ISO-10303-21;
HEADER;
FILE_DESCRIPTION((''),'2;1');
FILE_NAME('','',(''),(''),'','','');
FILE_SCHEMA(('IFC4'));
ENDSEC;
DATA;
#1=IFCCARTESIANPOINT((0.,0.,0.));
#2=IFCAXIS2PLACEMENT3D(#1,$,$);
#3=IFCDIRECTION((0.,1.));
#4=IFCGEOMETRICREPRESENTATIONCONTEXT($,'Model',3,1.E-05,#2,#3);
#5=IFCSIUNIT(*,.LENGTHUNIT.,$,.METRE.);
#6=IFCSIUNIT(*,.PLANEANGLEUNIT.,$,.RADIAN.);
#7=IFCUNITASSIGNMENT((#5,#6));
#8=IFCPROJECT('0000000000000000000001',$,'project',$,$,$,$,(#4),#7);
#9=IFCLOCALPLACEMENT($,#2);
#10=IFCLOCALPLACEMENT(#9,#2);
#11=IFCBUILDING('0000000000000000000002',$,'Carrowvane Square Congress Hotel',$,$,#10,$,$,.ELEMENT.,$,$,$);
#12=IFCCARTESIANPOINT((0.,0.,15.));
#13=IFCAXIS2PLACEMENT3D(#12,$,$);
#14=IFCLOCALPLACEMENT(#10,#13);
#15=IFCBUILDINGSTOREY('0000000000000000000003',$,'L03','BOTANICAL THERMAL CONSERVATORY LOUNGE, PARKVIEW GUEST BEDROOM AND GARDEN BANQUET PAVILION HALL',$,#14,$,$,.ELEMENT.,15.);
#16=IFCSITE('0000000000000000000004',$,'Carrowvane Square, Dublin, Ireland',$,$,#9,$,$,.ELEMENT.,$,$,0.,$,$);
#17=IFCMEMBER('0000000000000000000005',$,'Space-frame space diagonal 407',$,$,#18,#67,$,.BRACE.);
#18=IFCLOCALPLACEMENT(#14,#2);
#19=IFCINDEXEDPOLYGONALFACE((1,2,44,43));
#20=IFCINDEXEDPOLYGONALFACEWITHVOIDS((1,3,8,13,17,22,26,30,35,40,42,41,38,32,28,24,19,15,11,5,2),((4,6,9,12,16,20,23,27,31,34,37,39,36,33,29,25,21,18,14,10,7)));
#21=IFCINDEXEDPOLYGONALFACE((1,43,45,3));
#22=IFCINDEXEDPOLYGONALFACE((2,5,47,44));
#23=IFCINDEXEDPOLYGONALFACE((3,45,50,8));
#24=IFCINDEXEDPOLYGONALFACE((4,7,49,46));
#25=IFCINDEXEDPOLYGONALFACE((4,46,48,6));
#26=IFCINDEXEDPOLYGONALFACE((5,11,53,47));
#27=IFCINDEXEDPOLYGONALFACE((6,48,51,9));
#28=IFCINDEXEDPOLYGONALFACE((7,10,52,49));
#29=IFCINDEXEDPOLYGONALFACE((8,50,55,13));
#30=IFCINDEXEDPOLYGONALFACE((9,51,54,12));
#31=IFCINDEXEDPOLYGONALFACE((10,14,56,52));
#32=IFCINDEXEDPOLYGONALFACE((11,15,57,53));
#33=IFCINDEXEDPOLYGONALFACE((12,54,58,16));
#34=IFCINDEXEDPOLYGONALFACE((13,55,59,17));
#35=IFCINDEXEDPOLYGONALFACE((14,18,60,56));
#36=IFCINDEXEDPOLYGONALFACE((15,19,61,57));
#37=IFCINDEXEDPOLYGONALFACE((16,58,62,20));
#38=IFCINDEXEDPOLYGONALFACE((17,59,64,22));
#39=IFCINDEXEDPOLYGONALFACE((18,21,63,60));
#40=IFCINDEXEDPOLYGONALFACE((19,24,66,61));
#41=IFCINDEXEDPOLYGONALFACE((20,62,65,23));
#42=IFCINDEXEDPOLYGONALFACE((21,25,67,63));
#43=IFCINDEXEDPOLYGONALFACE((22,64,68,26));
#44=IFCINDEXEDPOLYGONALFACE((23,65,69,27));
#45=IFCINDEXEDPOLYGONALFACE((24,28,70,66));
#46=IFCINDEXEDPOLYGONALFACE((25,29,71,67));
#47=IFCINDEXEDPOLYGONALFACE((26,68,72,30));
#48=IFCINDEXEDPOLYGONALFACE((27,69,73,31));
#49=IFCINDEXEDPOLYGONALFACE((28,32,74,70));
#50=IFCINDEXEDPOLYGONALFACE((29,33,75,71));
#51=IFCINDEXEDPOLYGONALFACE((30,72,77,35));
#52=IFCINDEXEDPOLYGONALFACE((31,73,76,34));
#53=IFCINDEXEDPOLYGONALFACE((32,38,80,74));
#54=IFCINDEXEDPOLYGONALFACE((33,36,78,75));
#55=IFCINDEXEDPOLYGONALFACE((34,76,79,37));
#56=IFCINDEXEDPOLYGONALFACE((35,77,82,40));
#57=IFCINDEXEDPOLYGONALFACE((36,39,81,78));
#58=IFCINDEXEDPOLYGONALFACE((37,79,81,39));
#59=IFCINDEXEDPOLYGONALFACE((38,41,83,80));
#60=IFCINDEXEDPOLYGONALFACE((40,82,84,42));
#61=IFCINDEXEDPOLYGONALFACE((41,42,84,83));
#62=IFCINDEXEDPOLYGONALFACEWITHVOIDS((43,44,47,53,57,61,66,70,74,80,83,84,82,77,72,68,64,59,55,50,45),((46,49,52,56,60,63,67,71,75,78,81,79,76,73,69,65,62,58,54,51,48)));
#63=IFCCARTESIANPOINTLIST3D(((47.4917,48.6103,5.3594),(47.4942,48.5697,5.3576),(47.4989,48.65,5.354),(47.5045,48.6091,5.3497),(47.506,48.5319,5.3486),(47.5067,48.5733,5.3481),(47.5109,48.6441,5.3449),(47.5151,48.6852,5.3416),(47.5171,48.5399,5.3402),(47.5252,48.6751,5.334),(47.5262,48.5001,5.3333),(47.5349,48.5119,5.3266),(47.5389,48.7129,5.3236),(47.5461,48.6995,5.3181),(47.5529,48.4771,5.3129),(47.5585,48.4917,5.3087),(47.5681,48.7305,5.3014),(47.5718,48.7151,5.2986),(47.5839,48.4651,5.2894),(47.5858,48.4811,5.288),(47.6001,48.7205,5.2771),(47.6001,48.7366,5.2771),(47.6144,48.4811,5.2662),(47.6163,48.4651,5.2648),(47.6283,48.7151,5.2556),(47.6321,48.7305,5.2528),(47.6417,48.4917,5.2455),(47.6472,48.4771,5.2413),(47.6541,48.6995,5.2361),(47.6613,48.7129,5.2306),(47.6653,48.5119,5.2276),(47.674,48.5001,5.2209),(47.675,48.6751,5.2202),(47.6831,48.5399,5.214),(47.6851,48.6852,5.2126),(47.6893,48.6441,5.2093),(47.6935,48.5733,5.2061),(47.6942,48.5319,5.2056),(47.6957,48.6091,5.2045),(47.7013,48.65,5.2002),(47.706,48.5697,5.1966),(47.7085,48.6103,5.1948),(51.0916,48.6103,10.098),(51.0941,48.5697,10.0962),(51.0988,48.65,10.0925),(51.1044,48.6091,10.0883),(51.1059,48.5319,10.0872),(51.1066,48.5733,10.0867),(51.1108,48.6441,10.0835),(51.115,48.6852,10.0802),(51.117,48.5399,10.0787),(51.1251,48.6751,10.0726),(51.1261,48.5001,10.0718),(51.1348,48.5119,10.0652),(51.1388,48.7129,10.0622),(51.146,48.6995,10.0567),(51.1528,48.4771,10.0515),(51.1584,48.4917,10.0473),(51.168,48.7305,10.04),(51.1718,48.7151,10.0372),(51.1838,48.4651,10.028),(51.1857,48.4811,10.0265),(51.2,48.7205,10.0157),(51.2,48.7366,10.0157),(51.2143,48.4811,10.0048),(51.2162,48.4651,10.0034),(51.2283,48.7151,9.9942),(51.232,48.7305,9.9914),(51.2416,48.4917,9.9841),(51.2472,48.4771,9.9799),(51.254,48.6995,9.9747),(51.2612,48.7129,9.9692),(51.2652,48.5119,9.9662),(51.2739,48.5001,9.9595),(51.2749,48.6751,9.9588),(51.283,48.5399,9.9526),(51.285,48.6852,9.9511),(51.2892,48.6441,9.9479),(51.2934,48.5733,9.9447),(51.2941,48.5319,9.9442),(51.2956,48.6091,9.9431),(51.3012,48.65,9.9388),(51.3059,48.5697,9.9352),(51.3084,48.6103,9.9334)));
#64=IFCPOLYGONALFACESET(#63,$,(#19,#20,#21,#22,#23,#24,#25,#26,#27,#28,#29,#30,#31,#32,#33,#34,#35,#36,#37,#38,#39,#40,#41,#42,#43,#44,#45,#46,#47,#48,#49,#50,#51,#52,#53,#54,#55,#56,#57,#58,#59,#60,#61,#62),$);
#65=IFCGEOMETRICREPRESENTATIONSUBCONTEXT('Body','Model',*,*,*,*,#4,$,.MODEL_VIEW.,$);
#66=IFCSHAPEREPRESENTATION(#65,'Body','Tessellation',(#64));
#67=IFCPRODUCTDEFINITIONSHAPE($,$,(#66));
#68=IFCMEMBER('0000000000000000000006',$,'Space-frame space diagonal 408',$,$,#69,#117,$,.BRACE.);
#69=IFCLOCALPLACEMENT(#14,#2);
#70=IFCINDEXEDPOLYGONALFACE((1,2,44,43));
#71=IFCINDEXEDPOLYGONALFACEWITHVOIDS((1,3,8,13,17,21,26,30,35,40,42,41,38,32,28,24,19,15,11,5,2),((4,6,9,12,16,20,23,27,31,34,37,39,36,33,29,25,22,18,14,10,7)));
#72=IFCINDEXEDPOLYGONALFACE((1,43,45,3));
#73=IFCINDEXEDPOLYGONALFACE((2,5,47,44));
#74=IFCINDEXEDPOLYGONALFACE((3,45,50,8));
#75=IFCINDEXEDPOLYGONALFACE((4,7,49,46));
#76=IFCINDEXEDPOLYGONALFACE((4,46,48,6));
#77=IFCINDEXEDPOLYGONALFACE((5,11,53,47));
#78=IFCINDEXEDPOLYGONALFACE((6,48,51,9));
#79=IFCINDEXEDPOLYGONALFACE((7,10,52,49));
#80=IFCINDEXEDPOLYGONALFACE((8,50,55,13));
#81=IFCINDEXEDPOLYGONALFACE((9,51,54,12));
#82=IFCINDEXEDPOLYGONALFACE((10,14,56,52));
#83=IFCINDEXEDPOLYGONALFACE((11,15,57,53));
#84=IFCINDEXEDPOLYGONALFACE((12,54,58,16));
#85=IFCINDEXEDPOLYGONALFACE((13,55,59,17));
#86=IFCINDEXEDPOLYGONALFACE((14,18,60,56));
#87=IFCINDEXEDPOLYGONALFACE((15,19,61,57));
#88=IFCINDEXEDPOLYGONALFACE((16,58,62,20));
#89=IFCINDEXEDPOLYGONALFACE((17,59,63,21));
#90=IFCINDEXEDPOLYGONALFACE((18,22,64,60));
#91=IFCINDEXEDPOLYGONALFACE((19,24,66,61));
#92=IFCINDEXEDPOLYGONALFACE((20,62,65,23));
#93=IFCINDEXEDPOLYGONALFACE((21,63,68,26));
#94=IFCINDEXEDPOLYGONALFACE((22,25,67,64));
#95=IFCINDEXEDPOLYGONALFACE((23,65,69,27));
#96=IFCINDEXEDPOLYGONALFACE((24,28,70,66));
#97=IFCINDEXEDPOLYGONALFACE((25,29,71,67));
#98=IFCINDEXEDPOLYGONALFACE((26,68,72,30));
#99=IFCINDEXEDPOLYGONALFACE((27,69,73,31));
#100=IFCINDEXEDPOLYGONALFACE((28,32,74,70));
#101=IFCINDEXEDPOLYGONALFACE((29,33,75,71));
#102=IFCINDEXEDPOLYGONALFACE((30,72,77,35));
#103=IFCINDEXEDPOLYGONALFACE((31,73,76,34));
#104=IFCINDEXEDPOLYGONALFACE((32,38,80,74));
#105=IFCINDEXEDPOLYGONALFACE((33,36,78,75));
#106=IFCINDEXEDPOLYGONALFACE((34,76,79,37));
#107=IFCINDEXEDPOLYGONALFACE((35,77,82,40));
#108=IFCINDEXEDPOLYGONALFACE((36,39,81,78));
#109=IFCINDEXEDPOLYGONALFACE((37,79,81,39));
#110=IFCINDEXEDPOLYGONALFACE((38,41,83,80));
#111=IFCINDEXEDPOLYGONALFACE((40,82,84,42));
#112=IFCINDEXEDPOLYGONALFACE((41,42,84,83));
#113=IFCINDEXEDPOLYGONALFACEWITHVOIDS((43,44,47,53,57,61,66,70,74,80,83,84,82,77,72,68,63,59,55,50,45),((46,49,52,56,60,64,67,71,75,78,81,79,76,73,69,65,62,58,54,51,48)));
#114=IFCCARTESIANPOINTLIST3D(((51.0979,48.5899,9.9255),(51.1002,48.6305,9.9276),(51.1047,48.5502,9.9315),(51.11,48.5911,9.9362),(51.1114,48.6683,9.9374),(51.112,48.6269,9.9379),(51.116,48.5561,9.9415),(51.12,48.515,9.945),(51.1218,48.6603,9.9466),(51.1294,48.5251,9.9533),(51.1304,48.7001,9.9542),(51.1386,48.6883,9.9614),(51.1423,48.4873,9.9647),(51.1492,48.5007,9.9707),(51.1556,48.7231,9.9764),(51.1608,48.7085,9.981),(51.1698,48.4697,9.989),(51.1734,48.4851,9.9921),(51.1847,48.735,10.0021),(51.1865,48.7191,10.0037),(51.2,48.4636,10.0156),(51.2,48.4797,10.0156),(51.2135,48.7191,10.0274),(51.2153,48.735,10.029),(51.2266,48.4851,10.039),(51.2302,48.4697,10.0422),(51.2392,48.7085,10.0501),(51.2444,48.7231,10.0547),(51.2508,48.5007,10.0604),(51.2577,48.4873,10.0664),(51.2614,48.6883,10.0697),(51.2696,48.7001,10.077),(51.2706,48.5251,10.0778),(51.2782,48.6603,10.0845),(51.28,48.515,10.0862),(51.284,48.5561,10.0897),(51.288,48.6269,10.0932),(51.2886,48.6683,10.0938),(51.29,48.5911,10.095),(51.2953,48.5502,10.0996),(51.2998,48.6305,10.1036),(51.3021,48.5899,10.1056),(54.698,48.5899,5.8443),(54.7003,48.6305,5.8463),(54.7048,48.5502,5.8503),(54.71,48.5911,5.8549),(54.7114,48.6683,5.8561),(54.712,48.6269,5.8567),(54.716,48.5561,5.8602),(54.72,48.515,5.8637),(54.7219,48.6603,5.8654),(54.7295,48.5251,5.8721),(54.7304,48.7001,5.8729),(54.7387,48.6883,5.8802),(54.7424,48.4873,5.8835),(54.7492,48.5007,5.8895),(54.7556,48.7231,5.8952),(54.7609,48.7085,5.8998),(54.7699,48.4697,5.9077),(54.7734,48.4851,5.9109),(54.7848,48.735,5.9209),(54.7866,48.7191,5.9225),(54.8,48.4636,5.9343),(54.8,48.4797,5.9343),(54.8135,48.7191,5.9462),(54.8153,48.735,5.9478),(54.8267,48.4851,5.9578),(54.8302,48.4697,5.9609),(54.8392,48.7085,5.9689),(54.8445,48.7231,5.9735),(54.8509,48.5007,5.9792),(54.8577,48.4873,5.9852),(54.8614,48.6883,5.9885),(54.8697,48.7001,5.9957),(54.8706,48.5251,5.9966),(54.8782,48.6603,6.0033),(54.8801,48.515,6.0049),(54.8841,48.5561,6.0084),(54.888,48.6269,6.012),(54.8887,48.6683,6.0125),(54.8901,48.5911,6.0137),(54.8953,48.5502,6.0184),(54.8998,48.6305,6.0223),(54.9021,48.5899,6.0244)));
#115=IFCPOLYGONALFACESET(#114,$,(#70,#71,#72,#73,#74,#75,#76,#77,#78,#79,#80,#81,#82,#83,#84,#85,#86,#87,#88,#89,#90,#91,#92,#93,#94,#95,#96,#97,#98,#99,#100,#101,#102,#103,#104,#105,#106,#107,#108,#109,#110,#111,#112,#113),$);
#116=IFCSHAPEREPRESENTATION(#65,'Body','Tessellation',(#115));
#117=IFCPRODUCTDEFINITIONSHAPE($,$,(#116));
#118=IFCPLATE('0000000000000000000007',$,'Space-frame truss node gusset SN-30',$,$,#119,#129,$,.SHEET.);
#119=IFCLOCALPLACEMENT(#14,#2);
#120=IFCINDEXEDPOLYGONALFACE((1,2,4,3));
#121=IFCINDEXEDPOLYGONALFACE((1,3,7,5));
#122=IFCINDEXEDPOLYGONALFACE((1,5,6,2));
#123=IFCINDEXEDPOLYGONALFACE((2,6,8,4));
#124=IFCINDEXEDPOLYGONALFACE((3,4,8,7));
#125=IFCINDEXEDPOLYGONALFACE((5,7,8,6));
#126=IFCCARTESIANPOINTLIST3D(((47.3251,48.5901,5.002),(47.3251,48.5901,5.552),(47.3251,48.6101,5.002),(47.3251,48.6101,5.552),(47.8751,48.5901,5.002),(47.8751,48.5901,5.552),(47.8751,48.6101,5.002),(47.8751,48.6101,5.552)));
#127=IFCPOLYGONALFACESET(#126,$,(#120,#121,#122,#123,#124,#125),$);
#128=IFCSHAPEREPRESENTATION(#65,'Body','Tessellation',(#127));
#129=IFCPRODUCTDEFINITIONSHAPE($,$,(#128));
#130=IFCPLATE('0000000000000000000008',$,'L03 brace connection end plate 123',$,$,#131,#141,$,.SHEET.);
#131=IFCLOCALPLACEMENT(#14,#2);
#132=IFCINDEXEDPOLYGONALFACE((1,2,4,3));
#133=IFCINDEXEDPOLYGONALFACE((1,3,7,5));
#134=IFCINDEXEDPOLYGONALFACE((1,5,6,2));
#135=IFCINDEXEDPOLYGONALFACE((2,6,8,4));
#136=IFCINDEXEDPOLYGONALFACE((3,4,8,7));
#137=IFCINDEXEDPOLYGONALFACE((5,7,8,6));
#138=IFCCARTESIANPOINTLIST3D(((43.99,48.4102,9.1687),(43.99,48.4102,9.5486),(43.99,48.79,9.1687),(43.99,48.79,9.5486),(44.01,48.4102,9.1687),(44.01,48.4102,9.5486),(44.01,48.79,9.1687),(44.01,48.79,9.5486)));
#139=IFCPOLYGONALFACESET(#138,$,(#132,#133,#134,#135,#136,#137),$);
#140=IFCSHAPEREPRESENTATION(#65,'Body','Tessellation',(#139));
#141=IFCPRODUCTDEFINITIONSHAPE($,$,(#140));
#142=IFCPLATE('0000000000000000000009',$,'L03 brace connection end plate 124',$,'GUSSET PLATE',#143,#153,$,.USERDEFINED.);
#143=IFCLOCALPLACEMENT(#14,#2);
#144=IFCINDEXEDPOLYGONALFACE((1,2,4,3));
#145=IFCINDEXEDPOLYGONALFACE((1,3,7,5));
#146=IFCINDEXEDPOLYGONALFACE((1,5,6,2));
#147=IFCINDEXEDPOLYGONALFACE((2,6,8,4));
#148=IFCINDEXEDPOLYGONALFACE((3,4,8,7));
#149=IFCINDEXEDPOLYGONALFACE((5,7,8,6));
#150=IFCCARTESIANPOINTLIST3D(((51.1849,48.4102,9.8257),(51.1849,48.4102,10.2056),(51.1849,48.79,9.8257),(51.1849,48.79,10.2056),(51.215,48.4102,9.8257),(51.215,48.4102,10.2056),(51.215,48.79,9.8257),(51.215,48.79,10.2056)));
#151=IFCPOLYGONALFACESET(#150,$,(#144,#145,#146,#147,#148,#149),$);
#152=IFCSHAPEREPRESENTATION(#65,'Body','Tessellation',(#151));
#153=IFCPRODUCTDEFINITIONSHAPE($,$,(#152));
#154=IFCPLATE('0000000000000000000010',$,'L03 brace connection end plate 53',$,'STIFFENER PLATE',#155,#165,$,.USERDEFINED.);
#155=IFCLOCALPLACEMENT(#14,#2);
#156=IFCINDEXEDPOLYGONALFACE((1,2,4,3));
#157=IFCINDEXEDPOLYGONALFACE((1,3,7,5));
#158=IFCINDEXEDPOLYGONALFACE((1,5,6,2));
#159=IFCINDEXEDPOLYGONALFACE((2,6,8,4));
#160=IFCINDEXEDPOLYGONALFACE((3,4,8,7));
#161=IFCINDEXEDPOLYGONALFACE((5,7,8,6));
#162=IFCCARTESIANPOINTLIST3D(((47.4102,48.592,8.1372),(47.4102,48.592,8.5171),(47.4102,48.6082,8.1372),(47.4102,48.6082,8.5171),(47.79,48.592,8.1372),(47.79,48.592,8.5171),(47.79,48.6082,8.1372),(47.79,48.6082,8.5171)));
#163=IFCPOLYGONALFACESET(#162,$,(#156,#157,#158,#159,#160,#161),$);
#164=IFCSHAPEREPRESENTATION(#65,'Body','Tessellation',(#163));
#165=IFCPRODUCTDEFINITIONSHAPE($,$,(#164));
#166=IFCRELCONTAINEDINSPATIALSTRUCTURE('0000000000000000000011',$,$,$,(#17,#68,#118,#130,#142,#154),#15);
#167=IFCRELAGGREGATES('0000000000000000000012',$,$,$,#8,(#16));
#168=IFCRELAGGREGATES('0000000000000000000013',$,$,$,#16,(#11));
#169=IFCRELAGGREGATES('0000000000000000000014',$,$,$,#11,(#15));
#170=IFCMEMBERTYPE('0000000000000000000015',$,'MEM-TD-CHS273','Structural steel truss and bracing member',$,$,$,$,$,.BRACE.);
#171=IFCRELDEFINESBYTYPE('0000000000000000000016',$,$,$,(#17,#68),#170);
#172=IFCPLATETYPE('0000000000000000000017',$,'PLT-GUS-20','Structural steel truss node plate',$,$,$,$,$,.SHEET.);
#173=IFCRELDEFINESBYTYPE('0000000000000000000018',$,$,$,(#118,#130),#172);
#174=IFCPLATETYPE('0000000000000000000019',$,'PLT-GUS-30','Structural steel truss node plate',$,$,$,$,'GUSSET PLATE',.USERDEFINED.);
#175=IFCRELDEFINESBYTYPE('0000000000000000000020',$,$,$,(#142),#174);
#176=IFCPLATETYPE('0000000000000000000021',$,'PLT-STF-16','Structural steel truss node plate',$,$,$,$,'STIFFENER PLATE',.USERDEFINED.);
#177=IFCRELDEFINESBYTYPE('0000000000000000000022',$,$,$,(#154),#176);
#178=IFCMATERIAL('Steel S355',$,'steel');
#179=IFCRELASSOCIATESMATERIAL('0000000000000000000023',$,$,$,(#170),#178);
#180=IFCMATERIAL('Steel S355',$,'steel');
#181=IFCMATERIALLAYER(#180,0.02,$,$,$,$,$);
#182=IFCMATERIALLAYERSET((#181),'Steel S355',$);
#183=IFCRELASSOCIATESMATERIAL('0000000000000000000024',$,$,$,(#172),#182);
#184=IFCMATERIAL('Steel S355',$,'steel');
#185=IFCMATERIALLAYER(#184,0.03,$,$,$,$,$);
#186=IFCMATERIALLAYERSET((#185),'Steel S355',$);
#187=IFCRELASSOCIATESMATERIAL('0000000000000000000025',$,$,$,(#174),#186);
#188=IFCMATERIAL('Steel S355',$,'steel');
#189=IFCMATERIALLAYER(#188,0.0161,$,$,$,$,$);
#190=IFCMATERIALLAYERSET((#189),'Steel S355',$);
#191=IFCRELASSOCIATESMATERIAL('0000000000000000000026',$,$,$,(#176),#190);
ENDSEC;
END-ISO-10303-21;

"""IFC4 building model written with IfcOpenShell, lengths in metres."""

from ifc_helpers import new_model, si_unit, direction, frame, origin, origin_2d, place, context, subcontext, project, spatial, rectangle, hollow_circle, extrude, material, layer, layer_set, material_profile, profile_set, type_object, element, save


model = new_model("IFC4")

# Units and contexts
model_context = context("Model", 3, precision=1e-05, world=origin(), true_north=direction((0.0, 1.0)))
body_context = subcontext(model_context, "Body", "Model", "MODEL_VIEW")
ifc_project = project(units=[si_unit("LENGTHUNIT", "METRE"), si_unit("PLANEANGLEUNIT", "RADIAN")], contexts=[model_context])

# Site, building, storey
site_placement = place(None, origin())
site = spatial("IfcSite", under=ifc_project, at=site_placement, Name="Carrowvane Square, Dublin, Ireland", CompositionType="ELEMENT", RefElevation=0.0)
building_placement = place(site_placement, origin())
building = spatial("IfcBuilding", under=site, at=building_placement, Name="Carrowvane Square Congress Hotel", CompositionType="ELEMENT")
storey_placement = place(building_placement, frame((0.0, 0.0, 15.0)))
storey = spatial("IfcBuildingStorey", under=building, at=storey_placement, Name="L03", Description="BOTANICAL THERMAL CONSERVATORY LOUNGE, PARKVIEW GUEST BEDROOM AND GARDEN BANQUET PAVILION HALL", CompositionType="ELEMENT", Elevation=15.0)

# Members
ifc_material_1 = material(Name="Steel S355", Category="steel")
ifc_material_profile_1 = material_profile(ifc_material_1, hollow_circle(Radius=0.1365, WallThickness=0.0161, at=origin_2d()), Name="CHS 273.0x16")
ifc_profile_set_1 = profile_set([ifc_material_profile_1], Name="Steel S355")
member_type_1 = type_object("IfcMemberType", Name="MEM-TD-CHS273", Description="Structural steel truss and bracing member", PredefinedType="BRACE", material=ifc_profile_set_1)
member_1_placement = place(storey_placement, frame((47.6001, 48.6001, 5.2771), z_axis=(0.604931, 0.0, 0.796278), x_axis=(0.0, 1.0, 0.0)))
element("IfcMember", 1, at=member_1_placement, inside=storey, type_object=member_type_1, Name="Space-frame space diagonal 407", PredefinedType="BRACE", context=body_context, shape_type="SweptSolid", body=[
    extrude(hollow_circle(Radius=0.1365, WallThickness=0.0161, at=origin_2d()), origin(), (0.0, 0.0, 1.0), 5.9509),
])
member_2_placement = place(storey_placement, frame((54.8, 48.6001, 5.9343), z_axis=(-0.661513, 0.0, 0.749933), x_axis=(0.0, -1.0, 0.0)))
element("IfcMember", 2, at=member_2_placement, inside=storey, type_object=member_type_1, Name="Space-frame space diagonal 408", PredefinedType="BRACE", context=body_context, shape_type="SweptSolid", body=[
    extrude(hollow_circle(Radius=0.1365, WallThickness=0.0161, at=origin_2d()), origin(), (0.0, 0.0, 1.0), 5.4421),
])

# Plates
ifc_material_2 = material(Name="Steel S355", Category="steel")
ifc_layer_1 = layer(ifc_material_2, 0.02)
ifc_layer_set_1 = layer_set([ifc_layer_1], Name="Steel S355")
plate_type_1 = type_object("IfcPlateType", Name="PLT-GUS-20", Description="Structural steel truss node plate", PredefinedType="SHEET", material=ifc_layer_set_1)
plate_1_placement = place(storey_placement, frame((47.6001, 48.6001, 5.002), z_axis=(0.0, 0.0, 1.0), x_axis=(1.0, 0.0, 0.0)))
element("IfcPlate", 3, at=plate_1_placement, inside=storey, type_object=plate_type_1, Name="Space-frame truss node gusset SN-30", PredefinedType="SHEET", context=body_context, shape_type="SweptSolid", body=[
    extrude(rectangle(XDim=0.55, YDim=0.02, at=origin_2d()), origin(), (0.0, 0.0, 1.0), 0.55),
])
plate_2_placement = place(storey_placement, frame((44.0, 48.6001, 9.1687), z_axis=(0.0, 0.0, 1.0), x_axis=(1.0, 0.0, 0.0)))
element("IfcPlate", 4, at=plate_2_placement, inside=storey, type_object=plate_type_1, Name="L03 brace connection end plate 123", PredefinedType="SHEET", context=body_context, shape_type="SweptSolid", body=[
    extrude(rectangle(XDim=0.02, YDim=0.3799, at=origin_2d()), origin(), (0.0, 0.0, 1.0), 0.3799),
])
ifc_material_3 = material(Name="Steel S355", Category="steel")
ifc_layer_2 = layer(ifc_material_3, 0.03)
ifc_layer_set_2 = layer_set([ifc_layer_2], Name="Steel S355")
plate_type_2 = type_object("IfcPlateType", Name="PLT-GUS-30", Description="Structural steel truss node plate", ElementType="GUSSET PLATE", PredefinedType="USERDEFINED", material=ifc_layer_set_2)
plate_3_placement = place(storey_placement, frame((51.2, 48.6001, 9.8257), z_axis=(0.0, 0.0, 1.0), x_axis=(1.0, 0.0, 0.0)))
element("IfcPlate", 5, at=plate_3_placement, inside=storey, type_object=plate_type_2, Name="L03 brace connection end plate 124", ObjectType="GUSSET PLATE", PredefinedType="USERDEFINED", context=body_context, shape_type="SweptSolid", body=[
    extrude(rectangle(XDim=0.03, YDim=0.3799, at=origin_2d()), origin(), (0.0, 0.0, 1.0), 0.3799),
])
ifc_material_4 = material(Name="Steel S355", Category="steel")
ifc_layer_3 = layer(ifc_material_4, 0.0161)
ifc_layer_set_3 = layer_set([ifc_layer_3], Name="Steel S355")
plate_type_3 = type_object("IfcPlateType", Name="PLT-STF-16", Description="Structural steel truss node plate", ElementType="STIFFENER PLATE", PredefinedType="USERDEFINED", material=ifc_layer_set_3)
plate_4_placement = place(storey_placement, frame((47.6001, 48.6001, 8.1372), z_axis=(0.0, 0.0, 1.0), x_axis=(1.0, 0.0, 0.0)))
element("IfcPlate", 6, at=plate_4_placement, inside=storey, type_object=plate_type_3, Name="L03 brace connection end plate 53", ObjectType="STIFFENER PLATE", PredefinedType="USERDEFINED", context=body_context, shape_type="SweptSolid", body=[
    extrude(rectangle(XDim=0.3799, YDim=0.0161, at=origin_2d()), origin(), (0.0, 0.0, 1.0), 0.3799),
])

save(model, "model.ifc")
